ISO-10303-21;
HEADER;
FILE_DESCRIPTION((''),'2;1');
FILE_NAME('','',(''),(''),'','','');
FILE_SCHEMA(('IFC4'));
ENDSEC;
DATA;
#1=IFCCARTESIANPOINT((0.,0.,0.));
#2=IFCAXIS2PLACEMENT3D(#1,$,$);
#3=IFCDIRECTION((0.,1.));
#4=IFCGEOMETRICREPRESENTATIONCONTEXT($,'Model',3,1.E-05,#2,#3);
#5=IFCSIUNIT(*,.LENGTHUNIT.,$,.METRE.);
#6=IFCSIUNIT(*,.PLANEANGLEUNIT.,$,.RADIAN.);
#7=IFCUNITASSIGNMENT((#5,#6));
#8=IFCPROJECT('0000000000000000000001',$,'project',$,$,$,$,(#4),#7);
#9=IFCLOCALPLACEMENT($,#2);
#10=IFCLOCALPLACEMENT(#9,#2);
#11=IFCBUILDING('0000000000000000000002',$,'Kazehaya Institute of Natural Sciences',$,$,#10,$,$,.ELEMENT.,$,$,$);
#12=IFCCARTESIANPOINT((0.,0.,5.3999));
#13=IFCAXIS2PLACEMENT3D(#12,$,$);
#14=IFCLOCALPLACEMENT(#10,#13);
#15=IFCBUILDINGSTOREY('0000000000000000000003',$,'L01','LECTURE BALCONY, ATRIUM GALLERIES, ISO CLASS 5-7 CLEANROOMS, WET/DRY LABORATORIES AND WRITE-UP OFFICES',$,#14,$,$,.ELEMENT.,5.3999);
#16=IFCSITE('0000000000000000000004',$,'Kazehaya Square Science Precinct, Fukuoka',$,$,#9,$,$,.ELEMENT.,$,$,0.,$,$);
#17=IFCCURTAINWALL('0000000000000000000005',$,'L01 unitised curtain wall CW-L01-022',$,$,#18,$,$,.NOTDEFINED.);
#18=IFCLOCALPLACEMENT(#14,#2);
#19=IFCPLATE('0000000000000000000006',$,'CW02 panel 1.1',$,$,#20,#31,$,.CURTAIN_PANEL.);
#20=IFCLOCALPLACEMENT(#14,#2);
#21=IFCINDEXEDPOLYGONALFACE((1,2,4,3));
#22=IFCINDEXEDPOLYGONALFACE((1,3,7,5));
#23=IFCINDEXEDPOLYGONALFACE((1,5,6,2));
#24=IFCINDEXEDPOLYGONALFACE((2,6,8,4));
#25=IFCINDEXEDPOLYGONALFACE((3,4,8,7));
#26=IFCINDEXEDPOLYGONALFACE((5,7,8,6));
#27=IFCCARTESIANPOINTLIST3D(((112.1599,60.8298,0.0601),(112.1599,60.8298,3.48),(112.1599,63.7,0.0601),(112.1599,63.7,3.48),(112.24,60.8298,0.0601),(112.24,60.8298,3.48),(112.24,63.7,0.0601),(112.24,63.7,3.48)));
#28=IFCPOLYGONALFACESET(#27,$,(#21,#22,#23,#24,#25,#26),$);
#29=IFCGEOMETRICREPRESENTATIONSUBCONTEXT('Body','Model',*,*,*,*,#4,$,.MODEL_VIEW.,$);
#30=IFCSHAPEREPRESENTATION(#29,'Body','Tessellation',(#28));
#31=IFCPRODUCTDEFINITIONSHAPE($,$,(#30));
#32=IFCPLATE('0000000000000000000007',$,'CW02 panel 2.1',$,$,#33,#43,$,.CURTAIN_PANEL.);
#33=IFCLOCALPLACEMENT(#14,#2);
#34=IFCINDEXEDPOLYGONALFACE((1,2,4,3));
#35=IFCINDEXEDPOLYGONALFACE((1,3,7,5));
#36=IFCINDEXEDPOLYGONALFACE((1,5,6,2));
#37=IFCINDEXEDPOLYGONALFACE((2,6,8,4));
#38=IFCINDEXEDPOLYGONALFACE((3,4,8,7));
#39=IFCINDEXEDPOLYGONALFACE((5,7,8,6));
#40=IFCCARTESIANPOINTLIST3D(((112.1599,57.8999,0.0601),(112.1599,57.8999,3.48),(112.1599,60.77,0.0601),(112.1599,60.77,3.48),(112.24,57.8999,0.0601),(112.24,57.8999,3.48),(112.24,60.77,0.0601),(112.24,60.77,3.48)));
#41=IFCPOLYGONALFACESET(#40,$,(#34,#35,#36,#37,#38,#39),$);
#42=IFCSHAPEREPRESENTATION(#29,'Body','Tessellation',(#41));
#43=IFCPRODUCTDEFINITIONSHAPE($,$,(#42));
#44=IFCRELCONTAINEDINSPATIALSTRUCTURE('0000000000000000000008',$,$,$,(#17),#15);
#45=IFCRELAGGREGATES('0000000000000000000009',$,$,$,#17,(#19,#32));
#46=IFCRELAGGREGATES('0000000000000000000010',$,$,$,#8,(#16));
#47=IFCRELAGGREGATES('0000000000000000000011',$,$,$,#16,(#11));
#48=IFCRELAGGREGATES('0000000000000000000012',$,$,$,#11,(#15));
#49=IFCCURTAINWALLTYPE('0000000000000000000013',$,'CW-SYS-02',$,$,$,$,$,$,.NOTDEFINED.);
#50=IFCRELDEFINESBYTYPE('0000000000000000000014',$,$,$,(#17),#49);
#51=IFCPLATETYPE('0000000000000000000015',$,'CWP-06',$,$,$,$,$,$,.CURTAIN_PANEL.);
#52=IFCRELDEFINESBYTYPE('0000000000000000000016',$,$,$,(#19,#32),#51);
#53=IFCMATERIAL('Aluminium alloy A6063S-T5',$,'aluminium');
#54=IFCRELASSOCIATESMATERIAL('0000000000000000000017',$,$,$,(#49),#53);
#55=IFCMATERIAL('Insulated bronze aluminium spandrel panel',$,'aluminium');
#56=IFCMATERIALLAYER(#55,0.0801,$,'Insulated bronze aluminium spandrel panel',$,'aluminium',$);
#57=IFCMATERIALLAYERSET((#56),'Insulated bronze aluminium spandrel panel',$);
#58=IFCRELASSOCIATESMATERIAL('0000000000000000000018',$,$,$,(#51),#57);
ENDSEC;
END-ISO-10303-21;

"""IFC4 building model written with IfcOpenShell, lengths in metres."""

from ifc_helpers import new_model, si_unit, direction, frame, origin, origin_2d, place, context, subcontext, project, spatial, rectangle, extrude, material, layer, layer_set, type_object, element, aggregate, save


model = new_model("IFC4")

# Units and contexts
model_context = context("Model", 3, precision=1e-05, world=origin(), true_north=direction((0.0, 1.0)))
body_context = subcontext(model_context, "Body", "Model", "MODEL_VIEW")
ifc_project = project(units=[si_unit("LENGTHUNIT", "METRE"), si_unit("PLANEANGLEUNIT", "RADIAN")], contexts=[model_context])

# Site, building, storey
site_placement = place(None, origin())
site = spatial("IfcSite", under=ifc_project, at=site_placement, Name="Kazehaya Square Science Precinct, Fukuoka", CompositionType="ELEMENT", RefElevation=0.0)
building_placement = place(site_placement, origin())
building = spatial("IfcBuilding", under=site, at=building_placement, Name="Kazehaya Institute of Natural Sciences", CompositionType="ELEMENT")
storey_placement = place(building_placement, frame((0.0, 0.0, 5.3999)))
storey = spatial("IfcBuildingStorey", under=building, at=storey_placement, Name="L01", Description="LECTURE BALCONY, ATRIUM GALLERIES, ISO CLASS 5-7 CLEANROOMS, WET/DRY LABORATORIES AND WRITE-UP OFFICES", CompositionType="ELEMENT", Elevation=5.3999)

# Curtain wall
ifc_material_1 = material(Name="Aluminium alloy A6063S-T5", Category="aluminium")
curtain_wall_type = type_object("IfcCurtainWallType", Name="CW-SYS-02", PredefinedType="NOTDEFINED", material=ifc_material_1)
curtain_wall_1_placement = place(storey_placement, origin())
curtain_wall_1 = element("IfcCurtainWall", 1, at=curtain_wall_1_placement, inside=storey, type_object=curtain_wall_type, Name="L01 unitised curtain wall CW-L01-022", PredefinedType="NOTDEFINED")

# Plates
ifc_material_2 = material(Name="Insulated bronze aluminium spandrel panel", Category="aluminium")
ifc_layer_1 = layer(ifc_material_2, 0.0801, Name="Insulated bronze aluminium spandrel panel", Category="aluminium")
ifc_layer_set_1 = layer_set([ifc_layer_1], Name="Insulated bronze aluminium spandrel panel")
plate_type_1 = type_object("IfcPlateType", Name="CWP-06", PredefinedType="CURTAIN_PANEL", material=ifc_layer_set_1)
plate_1_placement = place(storey_placement, frame((112.2, 62.2649, 0.0601), z_axis=(0.0, 0.0, 1.0), x_axis=(0.0, -1.0, 0.0)))
plate_1 = element("IfcPlate", 2, at=plate_1_placement, type_object=plate_type_1, Name="CW02 panel 1.1", PredefinedType="CURTAIN_PANEL", context=body_context, shape_type="SweptSolid", body=[
    extrude(rectangle(XDim=2.8701, YDim=0.0801, at=origin_2d()), origin(), (0.0, 0.0, 1.0), 3.4199),
])
plate_2_placement = place(storey_placement, frame((112.2, 59.335, 0.0601), z_axis=(0.0, 0.0, 1.0), x_axis=(0.0, -1.0, 0.0)))
plate_2 = element("IfcPlate", 3, at=plate_2_placement, type_object=plate_type_1, Name="CW02 panel 2.1", PredefinedType="CURTAIN_PANEL", context=body_context, shape_type="SweptSolid", body=[
    extrude(rectangle(XDim=2.8701, YDim=0.0801, at=origin_2d()), origin(), (0.0, 0.0, 1.0), 3.4199),
])
aggregate(curtain_wall_1, [plate_1, plate_2])

save(model, "model.ifc")
